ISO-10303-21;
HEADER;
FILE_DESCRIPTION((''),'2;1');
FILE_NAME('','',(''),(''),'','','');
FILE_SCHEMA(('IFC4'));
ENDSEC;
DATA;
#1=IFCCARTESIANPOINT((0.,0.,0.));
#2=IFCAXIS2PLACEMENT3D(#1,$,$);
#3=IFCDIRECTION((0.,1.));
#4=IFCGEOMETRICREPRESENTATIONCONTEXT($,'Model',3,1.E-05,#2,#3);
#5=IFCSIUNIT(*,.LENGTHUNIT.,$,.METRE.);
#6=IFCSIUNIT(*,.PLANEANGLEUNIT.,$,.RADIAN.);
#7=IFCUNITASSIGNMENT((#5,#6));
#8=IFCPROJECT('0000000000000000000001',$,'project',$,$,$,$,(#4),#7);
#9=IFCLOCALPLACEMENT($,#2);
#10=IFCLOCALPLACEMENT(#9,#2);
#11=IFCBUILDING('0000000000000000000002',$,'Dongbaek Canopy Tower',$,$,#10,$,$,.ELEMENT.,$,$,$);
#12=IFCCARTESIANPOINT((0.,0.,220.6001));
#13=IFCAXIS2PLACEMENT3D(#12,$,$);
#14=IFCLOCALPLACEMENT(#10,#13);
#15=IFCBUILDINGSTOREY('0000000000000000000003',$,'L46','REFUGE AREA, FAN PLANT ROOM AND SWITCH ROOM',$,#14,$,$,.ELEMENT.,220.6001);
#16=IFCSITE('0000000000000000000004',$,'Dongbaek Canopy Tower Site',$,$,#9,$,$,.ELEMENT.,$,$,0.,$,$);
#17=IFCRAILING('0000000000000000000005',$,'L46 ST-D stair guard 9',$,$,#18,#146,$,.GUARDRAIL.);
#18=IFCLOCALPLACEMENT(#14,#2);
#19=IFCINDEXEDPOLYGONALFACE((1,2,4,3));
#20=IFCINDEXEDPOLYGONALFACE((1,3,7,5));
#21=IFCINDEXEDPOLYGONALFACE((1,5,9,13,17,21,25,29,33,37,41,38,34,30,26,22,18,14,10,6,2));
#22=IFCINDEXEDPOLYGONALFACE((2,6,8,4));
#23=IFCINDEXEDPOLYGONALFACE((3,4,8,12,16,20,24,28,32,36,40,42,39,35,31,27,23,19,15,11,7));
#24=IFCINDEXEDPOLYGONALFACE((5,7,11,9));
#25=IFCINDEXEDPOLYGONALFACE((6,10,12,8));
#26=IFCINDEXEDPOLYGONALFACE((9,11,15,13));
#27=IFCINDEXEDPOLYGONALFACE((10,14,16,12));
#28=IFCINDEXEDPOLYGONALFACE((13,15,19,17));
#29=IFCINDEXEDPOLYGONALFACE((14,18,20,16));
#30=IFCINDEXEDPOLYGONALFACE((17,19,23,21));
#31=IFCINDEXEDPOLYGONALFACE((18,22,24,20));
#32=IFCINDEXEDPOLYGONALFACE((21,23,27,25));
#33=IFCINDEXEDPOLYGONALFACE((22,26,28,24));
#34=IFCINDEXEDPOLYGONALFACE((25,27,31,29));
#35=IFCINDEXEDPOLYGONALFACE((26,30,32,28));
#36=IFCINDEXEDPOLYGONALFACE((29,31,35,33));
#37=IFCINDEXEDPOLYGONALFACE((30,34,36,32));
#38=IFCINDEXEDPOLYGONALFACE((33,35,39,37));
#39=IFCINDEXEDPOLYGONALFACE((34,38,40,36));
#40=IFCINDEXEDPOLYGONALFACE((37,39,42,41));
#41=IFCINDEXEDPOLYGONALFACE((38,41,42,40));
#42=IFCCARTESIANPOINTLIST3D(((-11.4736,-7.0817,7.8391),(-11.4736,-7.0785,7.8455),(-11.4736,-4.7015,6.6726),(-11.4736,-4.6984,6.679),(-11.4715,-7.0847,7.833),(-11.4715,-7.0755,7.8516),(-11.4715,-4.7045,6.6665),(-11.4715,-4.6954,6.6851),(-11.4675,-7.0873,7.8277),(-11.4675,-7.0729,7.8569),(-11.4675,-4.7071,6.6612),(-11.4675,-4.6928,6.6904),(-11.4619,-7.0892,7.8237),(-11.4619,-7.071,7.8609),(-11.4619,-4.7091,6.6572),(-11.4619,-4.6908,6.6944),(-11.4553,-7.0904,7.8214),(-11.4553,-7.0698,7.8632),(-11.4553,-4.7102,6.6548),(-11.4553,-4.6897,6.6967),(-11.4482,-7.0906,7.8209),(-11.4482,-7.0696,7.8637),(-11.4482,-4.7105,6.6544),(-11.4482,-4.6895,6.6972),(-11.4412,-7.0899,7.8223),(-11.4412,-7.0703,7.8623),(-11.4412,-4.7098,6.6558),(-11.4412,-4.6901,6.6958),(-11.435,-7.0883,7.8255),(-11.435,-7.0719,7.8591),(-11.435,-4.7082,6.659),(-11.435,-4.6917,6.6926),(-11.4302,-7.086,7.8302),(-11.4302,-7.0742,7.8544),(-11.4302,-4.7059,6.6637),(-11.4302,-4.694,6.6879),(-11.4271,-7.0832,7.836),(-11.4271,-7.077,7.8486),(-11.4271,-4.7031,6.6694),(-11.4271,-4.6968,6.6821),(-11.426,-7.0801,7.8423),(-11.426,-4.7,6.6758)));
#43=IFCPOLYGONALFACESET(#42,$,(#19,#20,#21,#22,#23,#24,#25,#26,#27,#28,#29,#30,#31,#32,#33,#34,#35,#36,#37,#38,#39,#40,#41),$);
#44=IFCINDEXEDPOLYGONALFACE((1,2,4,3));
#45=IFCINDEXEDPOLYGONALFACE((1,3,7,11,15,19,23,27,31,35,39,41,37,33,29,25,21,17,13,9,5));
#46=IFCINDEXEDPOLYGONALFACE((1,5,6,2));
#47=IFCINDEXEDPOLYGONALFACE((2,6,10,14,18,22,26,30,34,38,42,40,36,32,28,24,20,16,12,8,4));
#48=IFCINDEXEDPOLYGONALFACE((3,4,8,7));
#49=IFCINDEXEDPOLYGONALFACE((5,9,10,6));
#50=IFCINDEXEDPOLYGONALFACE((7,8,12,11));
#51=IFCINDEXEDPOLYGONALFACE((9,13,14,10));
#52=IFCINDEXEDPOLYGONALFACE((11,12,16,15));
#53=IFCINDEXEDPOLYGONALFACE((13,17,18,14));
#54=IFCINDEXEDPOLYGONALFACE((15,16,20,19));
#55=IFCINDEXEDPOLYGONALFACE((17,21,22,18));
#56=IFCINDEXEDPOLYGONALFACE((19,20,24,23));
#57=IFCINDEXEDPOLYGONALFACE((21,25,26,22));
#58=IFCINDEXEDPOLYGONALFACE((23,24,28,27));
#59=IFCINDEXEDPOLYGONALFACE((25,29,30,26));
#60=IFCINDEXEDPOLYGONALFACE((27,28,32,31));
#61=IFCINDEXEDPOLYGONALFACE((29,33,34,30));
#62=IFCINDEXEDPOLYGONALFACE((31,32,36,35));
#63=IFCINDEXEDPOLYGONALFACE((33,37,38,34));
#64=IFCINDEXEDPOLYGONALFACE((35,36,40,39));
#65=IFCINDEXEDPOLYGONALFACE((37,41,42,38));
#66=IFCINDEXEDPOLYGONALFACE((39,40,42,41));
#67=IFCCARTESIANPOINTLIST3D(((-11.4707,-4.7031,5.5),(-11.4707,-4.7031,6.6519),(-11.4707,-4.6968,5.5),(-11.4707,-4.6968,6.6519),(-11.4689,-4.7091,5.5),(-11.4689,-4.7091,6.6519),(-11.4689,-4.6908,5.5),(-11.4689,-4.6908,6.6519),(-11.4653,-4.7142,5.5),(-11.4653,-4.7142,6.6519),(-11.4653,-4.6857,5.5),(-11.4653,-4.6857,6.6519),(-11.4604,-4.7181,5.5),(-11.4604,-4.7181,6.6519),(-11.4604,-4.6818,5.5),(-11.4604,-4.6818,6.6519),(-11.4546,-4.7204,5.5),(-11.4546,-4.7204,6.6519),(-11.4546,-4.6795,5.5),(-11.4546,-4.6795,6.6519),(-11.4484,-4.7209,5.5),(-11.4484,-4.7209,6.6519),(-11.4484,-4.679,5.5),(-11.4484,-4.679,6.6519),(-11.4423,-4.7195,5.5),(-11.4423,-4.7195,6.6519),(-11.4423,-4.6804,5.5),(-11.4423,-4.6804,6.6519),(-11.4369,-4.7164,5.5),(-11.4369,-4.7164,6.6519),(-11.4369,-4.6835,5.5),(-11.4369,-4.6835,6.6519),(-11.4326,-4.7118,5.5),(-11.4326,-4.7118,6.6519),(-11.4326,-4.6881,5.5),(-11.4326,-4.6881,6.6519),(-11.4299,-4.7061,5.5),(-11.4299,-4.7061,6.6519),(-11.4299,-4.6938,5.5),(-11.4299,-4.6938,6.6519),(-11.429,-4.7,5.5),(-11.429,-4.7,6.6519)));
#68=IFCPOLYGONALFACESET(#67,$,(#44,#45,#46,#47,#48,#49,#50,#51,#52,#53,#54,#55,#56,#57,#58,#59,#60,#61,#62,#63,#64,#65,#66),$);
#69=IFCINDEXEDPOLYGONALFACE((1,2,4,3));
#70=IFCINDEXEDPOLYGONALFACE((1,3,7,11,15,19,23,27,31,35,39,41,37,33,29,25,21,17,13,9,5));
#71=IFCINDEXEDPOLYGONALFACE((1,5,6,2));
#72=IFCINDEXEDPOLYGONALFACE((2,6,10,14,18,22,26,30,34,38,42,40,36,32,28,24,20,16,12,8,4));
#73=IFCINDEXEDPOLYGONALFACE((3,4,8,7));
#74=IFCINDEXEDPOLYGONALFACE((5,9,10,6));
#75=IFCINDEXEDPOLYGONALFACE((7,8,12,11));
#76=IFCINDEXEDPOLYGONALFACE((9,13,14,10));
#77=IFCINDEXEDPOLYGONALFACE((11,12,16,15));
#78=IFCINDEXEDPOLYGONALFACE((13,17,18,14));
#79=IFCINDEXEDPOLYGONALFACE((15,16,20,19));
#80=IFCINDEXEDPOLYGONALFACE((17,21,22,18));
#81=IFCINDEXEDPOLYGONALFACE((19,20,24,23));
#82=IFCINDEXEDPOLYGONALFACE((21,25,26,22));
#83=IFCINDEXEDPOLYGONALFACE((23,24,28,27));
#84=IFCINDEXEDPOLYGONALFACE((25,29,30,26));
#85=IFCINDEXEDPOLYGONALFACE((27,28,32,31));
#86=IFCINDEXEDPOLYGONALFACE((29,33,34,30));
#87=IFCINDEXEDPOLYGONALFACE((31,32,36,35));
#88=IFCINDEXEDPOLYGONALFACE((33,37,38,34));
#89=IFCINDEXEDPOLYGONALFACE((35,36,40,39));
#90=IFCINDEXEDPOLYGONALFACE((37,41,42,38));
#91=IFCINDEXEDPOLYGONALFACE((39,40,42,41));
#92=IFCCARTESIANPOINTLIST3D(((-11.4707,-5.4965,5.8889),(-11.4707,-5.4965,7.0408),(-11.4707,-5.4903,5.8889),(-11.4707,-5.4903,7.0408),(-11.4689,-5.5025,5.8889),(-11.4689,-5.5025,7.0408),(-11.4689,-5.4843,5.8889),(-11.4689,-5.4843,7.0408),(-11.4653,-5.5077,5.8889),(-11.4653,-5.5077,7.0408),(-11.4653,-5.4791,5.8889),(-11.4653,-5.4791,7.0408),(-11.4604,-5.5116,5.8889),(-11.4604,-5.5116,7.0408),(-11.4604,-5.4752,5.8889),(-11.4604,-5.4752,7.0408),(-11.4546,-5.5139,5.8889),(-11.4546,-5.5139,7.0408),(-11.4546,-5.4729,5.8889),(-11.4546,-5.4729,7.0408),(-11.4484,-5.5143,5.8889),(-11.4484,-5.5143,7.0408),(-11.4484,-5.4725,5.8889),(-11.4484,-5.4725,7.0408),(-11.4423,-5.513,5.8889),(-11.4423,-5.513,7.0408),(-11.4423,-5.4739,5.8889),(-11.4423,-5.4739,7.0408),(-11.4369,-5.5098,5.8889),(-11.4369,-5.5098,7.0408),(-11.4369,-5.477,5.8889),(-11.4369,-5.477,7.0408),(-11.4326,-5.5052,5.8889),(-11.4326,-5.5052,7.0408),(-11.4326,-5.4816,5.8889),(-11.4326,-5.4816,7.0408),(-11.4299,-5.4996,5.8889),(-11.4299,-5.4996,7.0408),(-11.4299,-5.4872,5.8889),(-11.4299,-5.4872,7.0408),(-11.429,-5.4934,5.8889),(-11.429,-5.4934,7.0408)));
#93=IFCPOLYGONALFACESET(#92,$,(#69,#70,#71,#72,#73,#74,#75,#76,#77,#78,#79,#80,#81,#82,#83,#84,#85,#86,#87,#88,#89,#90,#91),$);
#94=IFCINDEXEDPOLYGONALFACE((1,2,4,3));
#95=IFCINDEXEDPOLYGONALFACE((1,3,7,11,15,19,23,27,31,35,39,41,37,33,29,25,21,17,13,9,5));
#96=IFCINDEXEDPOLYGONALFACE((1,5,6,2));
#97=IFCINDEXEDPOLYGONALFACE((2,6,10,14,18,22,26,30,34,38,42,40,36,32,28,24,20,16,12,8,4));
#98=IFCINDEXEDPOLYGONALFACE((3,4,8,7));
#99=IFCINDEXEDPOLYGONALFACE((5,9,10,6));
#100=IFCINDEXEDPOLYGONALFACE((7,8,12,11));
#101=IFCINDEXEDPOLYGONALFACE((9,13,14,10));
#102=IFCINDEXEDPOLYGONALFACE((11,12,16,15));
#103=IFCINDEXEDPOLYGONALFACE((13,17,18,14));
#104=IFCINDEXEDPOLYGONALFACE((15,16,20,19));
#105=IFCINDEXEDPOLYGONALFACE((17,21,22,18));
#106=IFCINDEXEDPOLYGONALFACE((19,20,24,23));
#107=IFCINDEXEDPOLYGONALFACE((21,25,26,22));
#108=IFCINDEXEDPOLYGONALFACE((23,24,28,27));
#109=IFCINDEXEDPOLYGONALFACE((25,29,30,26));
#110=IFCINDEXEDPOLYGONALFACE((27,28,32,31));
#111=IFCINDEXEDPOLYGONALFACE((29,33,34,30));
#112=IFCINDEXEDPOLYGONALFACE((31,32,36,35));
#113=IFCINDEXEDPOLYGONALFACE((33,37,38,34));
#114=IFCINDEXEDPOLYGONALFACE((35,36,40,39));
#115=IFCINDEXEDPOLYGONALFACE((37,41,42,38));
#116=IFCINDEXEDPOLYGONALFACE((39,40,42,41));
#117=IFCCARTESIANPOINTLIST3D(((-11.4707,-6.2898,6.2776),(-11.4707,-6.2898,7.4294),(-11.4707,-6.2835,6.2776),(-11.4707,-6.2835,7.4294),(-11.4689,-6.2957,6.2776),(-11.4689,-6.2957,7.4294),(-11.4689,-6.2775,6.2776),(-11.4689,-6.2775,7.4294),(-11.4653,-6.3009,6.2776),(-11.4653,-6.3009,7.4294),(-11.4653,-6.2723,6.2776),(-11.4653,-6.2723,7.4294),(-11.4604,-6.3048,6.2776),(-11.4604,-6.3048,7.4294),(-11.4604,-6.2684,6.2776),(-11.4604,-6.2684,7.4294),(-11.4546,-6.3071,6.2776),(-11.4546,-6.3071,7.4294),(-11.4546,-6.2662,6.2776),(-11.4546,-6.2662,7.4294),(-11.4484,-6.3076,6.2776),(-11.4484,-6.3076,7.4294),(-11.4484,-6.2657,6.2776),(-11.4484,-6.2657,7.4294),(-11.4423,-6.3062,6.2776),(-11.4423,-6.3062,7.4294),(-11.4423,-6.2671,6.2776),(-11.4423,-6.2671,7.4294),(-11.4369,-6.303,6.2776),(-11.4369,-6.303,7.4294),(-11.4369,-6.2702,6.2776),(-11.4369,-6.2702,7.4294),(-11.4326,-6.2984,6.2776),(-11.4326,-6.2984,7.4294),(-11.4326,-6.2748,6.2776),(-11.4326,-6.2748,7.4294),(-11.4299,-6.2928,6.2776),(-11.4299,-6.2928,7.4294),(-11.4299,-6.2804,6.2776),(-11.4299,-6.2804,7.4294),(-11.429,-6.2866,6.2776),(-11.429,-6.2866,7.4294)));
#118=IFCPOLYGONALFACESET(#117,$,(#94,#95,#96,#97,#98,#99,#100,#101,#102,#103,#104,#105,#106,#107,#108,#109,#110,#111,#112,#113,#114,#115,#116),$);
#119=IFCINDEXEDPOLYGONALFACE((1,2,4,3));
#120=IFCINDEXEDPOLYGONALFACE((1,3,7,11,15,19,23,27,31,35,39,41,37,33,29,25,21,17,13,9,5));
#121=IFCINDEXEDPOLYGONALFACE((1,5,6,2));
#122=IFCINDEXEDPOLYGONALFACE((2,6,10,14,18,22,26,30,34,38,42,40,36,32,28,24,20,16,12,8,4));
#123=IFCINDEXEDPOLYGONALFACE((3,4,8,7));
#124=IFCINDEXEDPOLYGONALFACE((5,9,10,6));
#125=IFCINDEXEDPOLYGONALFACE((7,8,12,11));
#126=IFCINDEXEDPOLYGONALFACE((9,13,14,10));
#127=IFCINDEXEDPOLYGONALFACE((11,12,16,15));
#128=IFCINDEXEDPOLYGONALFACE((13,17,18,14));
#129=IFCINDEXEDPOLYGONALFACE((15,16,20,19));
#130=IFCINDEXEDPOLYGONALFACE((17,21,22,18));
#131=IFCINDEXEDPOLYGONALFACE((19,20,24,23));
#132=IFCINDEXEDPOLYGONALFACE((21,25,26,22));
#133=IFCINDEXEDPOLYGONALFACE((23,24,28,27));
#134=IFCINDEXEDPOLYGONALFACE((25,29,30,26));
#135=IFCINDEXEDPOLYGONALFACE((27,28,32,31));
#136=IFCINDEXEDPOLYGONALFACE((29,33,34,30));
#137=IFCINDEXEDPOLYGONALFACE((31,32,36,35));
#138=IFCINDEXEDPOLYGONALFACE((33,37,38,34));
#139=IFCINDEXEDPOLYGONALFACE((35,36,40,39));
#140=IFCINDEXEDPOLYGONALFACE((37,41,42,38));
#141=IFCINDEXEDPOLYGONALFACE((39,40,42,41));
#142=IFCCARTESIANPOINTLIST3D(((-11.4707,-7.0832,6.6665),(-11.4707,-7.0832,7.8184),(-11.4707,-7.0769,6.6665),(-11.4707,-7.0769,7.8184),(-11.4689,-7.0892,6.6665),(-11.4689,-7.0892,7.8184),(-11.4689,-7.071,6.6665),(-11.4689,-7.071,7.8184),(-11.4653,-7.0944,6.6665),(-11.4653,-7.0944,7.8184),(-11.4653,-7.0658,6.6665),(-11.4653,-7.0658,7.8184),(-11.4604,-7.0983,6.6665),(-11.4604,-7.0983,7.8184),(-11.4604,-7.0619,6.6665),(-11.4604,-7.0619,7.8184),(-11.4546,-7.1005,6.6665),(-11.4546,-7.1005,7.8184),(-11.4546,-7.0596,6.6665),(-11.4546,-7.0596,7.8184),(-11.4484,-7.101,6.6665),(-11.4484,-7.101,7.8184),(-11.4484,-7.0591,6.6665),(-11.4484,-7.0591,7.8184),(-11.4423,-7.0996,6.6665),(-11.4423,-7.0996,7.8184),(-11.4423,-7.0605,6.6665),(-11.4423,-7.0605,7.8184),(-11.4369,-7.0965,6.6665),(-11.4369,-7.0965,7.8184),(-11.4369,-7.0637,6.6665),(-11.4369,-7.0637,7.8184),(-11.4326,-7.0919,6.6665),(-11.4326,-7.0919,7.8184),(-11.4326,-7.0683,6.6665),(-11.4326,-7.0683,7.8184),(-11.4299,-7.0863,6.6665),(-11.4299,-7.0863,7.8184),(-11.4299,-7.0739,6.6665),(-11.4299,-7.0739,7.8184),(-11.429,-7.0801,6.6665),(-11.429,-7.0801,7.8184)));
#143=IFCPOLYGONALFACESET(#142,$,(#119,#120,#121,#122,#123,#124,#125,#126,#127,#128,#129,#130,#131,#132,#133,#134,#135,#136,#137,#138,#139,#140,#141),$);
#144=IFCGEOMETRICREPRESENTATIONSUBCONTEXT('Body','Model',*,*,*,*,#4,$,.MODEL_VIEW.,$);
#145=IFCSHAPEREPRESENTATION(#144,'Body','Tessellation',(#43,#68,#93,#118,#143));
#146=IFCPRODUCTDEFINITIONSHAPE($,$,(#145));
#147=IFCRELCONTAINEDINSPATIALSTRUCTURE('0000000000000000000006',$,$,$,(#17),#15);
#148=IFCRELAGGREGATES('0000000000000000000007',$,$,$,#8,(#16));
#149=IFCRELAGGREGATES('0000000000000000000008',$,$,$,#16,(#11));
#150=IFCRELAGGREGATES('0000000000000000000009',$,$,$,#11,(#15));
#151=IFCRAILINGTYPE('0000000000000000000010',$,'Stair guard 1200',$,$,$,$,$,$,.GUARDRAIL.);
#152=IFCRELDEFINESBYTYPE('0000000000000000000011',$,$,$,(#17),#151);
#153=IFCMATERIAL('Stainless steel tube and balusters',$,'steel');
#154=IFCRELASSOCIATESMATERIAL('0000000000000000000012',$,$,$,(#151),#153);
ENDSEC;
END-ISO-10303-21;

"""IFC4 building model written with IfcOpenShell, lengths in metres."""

from ifc_helpers import new_model, si_unit, direction, frame, origin, origin_2d, place, context, subcontext, project, spatial, circle, extrude, material, type_object, element, save


model = new_model("IFC4")

# Units and contexts
model_context = context("Model", 3, precision=1e-05, world=origin(), true_north=direction((0.0, 1.0)))
body_context = subcontext(model_context, "Body", "Model", "MODEL_VIEW")
ifc_project = project(units=[si_unit("LENGTHUNIT", "METRE"), si_unit("PLANEANGLEUNIT", "RADIAN")], contexts=[model_context])

# Site, building, storey
site_placement = place(None, origin())
site = spatial("IfcSite", under=ifc_project, at=site_placement, Name="Dongbaek Canopy Tower Site", CompositionType="ELEMENT", RefElevation=0.0)
building_placement = place(site_placement, origin())
building = spatial("IfcBuilding", under=site, at=building_placement, Name="Dongbaek Canopy Tower", CompositionType="ELEMENT")
storey_placement = place(building_placement, frame((0.0, 0.0, 220.6001)))
storey = spatial("IfcBuildingStorey", under=building, at=storey_placement, Name="L46", Description="REFUGE AREA, FAN PLANT ROOM AND SWITCH ROOM", CompositionType="ELEMENT", Elevation=220.6001)

# Railing
ifc_material_1 = material(Name="Stainless steel tube and balusters", Category="steel")
railing_type_1 = type_object("IfcRailingType", Name="Stair guard 1200", PredefinedType="GUARDRAIL", material=ifc_material_1)
railing_1_placement = place(storey_placement, frame((-11.45, -4.7, 5.5)))
element("IfcRailing", 1, at=railing_1_placement, inside=storey, type_object=railing_type_1, Name="L46 ST-D stair guard 9", PredefinedType="GUARDRAIL", context=body_context, shape_type="SweptSolid", body=[
    extrude(circle(Radius=0.0239, at=origin_2d()), frame((0.0, 0.0, 1.1758), z_axis=(0.0, -0.897954, 0.440089), x_axis=(1.0, 0.0, 0.0)), (0.0, 0.0, 1.0), 2.6506),
    extrude(circle(Radius=0.021, at=origin_2d()), origin(), (0.0, 0.0, 1.0), 1.1519),
    extrude(circle(Radius=0.021, at=origin_2d()), frame((0.0, -0.7935, 0.3889)), (0.0, 0.0, 1.0), 1.1519),
    extrude(circle(Radius=0.021, at=origin_2d()), frame((0.0, -1.5867, 0.7776)), (0.0, 0.0, 1.0), 1.1519),
    extrude(circle(Radius=0.021, at=origin_2d()), frame((0.0, -2.3801, 1.1665)), (0.0, 0.0, 1.0), 1.1519),
])

save(model, "model.ifc")
